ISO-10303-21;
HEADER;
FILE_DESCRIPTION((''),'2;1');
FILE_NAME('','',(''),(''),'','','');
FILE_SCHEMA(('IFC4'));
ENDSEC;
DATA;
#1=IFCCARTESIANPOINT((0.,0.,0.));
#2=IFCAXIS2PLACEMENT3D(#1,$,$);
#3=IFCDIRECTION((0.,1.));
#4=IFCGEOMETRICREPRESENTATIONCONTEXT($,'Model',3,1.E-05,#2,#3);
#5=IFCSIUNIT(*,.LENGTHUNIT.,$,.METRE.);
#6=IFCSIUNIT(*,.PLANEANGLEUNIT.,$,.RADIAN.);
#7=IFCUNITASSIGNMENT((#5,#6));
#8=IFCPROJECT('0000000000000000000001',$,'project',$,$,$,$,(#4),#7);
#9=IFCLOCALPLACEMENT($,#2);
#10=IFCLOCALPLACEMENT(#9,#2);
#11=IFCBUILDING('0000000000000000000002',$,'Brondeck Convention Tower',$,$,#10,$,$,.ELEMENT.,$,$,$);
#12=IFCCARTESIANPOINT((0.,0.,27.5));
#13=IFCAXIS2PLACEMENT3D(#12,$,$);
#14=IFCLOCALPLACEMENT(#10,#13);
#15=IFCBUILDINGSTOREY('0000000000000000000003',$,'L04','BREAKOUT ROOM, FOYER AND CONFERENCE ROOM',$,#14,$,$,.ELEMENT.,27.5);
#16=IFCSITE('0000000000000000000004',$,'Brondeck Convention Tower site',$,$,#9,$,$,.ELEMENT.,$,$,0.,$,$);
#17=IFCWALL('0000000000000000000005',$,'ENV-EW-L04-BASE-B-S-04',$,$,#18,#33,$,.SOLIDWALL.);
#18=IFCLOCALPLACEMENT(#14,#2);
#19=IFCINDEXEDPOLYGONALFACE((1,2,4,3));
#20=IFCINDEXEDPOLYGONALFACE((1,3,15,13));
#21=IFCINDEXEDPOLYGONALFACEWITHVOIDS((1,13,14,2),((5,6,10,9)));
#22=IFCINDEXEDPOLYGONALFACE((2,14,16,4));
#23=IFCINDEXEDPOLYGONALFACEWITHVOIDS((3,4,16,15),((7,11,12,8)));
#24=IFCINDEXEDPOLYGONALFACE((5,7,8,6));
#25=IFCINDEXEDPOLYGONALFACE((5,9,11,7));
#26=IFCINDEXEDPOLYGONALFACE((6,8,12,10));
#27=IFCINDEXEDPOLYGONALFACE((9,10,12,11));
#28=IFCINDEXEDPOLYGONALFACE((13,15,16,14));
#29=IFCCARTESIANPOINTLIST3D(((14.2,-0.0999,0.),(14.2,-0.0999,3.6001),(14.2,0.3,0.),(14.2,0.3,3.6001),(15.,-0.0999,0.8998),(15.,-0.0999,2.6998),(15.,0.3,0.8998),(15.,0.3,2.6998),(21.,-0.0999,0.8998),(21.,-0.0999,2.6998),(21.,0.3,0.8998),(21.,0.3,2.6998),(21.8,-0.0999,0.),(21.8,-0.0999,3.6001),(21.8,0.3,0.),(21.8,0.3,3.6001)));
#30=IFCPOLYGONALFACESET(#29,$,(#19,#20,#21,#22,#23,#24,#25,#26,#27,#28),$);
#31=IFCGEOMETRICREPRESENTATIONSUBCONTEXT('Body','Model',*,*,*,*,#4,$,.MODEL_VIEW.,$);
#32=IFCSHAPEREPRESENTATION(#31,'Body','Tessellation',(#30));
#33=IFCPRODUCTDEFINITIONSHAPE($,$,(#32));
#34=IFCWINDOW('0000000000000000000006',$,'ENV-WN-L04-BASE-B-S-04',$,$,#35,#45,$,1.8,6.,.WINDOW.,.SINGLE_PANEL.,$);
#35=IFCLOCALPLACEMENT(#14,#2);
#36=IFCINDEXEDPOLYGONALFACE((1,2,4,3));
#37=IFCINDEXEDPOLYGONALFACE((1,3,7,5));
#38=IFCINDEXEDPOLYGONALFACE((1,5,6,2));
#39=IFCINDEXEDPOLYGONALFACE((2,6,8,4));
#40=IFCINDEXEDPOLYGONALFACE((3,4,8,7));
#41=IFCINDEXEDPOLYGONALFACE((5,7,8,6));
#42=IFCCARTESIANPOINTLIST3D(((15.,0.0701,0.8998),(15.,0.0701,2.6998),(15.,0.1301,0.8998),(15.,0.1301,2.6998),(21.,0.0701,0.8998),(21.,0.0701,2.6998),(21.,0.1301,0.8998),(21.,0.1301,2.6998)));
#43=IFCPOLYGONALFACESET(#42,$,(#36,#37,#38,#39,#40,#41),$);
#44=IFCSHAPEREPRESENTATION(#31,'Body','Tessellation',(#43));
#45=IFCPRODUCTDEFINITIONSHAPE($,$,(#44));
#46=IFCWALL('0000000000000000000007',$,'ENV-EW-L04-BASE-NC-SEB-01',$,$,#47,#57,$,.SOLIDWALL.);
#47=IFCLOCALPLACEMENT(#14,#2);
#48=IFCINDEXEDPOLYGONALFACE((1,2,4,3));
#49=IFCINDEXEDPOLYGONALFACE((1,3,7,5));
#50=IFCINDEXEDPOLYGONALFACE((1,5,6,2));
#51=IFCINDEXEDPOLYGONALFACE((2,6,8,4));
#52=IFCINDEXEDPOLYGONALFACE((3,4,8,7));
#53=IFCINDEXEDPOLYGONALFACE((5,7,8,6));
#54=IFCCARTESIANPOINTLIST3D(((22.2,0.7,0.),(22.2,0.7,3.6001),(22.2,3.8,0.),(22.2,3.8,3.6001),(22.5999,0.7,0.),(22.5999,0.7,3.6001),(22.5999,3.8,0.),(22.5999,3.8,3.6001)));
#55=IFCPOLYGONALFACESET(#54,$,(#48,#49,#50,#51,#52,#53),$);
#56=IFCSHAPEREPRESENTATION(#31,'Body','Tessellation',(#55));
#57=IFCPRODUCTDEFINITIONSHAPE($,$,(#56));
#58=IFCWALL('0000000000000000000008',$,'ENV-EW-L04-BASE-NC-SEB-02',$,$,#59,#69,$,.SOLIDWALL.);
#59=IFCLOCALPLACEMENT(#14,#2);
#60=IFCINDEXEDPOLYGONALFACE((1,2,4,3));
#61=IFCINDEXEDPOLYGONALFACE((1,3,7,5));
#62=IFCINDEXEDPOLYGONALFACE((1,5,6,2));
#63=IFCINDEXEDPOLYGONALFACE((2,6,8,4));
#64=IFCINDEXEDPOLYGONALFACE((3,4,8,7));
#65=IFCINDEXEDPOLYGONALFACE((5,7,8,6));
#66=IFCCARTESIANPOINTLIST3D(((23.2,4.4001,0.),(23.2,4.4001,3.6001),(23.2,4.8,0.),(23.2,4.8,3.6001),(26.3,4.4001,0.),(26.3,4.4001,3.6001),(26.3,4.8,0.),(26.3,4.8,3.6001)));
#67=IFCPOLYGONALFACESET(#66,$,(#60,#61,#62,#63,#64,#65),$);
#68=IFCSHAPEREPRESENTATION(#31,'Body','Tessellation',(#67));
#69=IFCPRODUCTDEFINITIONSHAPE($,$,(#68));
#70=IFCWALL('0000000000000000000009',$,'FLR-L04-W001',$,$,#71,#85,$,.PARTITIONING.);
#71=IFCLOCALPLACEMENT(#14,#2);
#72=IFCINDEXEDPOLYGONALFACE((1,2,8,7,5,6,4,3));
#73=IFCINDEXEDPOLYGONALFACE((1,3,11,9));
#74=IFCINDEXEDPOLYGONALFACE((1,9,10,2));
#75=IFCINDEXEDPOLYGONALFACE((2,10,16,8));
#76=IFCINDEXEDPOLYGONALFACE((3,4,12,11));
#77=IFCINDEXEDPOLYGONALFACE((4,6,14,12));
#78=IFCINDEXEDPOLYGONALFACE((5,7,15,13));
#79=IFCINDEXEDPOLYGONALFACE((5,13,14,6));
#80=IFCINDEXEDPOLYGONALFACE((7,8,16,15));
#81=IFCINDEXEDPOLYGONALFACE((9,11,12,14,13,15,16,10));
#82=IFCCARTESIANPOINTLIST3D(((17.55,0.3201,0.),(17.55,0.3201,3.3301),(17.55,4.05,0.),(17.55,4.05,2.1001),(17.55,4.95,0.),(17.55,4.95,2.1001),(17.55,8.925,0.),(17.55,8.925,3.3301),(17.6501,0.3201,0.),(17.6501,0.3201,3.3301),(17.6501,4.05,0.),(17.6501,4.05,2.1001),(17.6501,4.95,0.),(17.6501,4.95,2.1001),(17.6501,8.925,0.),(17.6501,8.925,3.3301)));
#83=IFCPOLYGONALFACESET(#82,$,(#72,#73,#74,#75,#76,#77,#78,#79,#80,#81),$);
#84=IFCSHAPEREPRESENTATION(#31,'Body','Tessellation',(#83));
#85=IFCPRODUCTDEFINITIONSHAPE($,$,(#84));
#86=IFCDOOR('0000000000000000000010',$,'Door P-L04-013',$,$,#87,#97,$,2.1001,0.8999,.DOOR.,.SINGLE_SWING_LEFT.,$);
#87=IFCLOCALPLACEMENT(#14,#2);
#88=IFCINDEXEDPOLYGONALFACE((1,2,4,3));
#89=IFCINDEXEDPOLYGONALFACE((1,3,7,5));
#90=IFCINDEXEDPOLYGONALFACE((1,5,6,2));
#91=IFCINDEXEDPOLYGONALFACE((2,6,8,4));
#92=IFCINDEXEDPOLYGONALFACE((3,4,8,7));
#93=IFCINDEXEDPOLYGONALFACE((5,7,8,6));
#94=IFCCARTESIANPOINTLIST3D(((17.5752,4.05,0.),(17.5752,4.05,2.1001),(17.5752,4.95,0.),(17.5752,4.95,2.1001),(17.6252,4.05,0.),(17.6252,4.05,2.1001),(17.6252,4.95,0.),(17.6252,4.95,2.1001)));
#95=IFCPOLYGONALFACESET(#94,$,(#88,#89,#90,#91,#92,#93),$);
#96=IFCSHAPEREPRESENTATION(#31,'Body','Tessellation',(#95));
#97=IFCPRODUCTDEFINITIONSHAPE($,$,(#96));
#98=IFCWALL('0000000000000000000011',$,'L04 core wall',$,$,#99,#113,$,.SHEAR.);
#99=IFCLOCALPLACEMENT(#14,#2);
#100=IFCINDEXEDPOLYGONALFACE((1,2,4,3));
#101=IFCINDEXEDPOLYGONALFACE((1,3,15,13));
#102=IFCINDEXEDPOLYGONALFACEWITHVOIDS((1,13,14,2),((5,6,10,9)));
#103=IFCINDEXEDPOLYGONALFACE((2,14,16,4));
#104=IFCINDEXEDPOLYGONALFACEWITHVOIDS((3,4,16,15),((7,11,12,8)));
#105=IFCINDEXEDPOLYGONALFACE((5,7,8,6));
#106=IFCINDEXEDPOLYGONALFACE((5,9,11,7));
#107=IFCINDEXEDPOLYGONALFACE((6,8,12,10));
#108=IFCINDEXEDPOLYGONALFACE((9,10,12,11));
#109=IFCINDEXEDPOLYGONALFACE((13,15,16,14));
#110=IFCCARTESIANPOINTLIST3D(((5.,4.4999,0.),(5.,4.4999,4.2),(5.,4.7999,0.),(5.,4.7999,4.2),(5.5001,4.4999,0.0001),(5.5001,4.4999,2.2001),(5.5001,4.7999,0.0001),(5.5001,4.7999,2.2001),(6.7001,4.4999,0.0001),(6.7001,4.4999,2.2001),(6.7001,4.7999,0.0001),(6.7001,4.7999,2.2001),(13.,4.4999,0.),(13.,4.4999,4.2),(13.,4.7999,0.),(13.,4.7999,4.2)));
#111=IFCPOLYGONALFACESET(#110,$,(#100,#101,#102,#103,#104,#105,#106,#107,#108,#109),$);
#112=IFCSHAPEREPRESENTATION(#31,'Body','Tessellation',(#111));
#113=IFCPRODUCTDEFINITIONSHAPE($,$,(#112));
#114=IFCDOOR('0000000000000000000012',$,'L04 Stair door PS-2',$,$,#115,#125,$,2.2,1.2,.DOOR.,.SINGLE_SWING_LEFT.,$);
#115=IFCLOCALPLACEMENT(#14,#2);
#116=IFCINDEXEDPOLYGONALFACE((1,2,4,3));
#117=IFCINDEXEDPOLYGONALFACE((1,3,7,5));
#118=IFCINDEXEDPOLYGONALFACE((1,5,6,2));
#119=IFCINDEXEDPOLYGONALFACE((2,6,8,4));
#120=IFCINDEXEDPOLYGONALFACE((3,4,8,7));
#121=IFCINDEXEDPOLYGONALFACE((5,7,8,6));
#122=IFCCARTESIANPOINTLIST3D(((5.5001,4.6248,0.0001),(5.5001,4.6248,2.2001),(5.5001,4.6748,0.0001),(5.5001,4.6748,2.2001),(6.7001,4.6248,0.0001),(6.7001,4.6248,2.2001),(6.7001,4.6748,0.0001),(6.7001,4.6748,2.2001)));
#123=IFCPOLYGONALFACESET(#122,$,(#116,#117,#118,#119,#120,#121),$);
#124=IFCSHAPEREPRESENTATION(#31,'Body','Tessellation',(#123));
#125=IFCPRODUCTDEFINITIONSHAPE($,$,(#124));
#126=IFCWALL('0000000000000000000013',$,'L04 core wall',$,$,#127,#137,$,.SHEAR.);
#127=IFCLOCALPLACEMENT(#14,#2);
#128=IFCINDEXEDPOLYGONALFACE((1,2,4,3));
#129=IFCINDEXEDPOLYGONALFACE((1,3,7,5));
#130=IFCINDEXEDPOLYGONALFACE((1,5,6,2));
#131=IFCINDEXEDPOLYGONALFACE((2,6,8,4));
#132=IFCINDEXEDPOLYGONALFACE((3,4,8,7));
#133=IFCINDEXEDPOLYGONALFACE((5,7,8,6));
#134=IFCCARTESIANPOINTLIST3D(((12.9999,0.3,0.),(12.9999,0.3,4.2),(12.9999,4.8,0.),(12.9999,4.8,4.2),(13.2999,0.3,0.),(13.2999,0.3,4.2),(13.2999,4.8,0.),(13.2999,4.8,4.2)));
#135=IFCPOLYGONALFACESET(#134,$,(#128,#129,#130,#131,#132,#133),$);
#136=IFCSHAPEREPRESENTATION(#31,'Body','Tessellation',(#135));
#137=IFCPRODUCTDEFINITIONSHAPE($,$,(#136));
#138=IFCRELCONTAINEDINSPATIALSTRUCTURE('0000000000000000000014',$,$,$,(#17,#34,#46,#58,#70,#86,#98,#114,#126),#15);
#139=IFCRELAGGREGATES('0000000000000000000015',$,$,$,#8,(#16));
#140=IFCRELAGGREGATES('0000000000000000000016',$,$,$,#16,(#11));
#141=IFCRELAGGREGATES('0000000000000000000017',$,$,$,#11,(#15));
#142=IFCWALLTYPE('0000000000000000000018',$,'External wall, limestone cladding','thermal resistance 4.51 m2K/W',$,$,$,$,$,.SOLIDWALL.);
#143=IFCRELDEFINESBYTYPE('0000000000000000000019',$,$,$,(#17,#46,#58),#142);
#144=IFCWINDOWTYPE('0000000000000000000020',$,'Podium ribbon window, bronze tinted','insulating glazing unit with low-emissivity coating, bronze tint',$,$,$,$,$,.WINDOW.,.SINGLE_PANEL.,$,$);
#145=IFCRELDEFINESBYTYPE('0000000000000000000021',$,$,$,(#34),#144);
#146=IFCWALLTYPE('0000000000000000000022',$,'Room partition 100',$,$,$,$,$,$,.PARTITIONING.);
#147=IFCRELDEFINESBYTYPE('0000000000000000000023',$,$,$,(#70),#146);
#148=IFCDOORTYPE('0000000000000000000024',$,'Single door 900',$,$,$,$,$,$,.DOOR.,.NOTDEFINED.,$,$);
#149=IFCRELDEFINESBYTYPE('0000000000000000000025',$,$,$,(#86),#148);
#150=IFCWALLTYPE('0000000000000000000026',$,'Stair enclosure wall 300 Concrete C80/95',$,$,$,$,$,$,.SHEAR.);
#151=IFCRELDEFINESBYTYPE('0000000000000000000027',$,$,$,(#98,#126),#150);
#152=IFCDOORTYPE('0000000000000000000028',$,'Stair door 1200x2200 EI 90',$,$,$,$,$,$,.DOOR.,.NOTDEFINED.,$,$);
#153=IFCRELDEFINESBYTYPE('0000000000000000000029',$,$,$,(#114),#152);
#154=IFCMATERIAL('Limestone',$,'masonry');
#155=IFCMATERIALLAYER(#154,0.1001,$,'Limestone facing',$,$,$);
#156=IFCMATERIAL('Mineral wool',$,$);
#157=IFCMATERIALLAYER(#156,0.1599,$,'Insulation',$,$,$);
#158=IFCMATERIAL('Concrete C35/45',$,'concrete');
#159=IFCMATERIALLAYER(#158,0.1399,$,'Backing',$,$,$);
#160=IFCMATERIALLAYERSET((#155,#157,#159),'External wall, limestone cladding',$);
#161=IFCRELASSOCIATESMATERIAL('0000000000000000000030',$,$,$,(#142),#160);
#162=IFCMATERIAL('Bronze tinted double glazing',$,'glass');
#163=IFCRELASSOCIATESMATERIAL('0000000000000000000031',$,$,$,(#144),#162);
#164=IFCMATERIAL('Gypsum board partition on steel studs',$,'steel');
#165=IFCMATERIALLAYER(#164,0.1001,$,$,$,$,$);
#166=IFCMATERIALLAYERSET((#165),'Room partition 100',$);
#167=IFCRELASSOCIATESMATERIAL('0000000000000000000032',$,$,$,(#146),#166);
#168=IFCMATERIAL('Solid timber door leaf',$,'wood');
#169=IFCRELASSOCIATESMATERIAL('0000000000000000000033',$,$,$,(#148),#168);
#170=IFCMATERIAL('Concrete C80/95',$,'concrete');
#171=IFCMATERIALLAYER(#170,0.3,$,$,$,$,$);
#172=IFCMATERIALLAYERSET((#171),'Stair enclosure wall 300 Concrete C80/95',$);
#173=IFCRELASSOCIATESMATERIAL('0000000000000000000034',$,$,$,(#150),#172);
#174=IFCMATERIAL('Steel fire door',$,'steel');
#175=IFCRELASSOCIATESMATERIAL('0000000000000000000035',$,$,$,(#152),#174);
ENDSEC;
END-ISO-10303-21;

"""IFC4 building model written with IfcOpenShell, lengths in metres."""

from ifc_helpers import new_model, si_unit, direction, frame, frame_2d, origin, place, context, subcontext, project, spatial, rectangle, extrude, material, layer, layer_set, type_object, element, fill, save


model = new_model("IFC4")

# Units and contexts
model_context = context("Model", 3, precision=1e-05, world=origin(), true_north=direction((0.0, 1.0)))
body_context = subcontext(model_context, "Body", "Model", "MODEL_VIEW")
ifc_project = project(units=[si_unit("LENGTHUNIT", "METRE"), si_unit("PLANEANGLEUNIT", "RADIAN")], contexts=[model_context])

# Site, building, storey
site_placement = place(None, origin())
site = spatial("IfcSite", under=ifc_project, at=site_placement, Name="Brondeck Convention Tower site", CompositionType="ELEMENT", RefElevation=0.0)
building_placement = place(site_placement, origin())
building = spatial("IfcBuilding", under=site, at=building_placement, Name="Brondeck Convention Tower", CompositionType="ELEMENT")
storey_placement = place(building_placement, frame((0.0, 0.0, 27.5)))
storey = spatial("IfcBuildingStorey", under=building, at=storey_placement, Name="L04", Description="BREAKOUT ROOM, FOYER AND CONFERENCE ROOM", CompositionType="ELEMENT", Elevation=27.5)

# Shared definitions
ifc_material_1 = material(Name="Concrete C80/95", Category="concrete")

# Wall, opening, window
ifc_material_2 = material(Name="Limestone", Category="masonry")
ifc_layer_1 = layer(ifc_material_2, 0.1001, Name="Limestone facing")
ifc_material_3 = material(Name="Mineral wool")
ifc_layer_2 = layer(ifc_material_3, 0.1599, Name="Insulation")
ifc_material_4 = material(Name="Concrete C35/45", Category="concrete")
ifc_layer_3 = layer(ifc_material_4, 0.1399, Name="Backing")
ifc_layer_set_1 = layer_set([ifc_layer_1, ifc_layer_2, ifc_layer_3], Name="External wall, limestone cladding")
wall_type_1 = type_object("IfcWallType", Name="External wall, limestone cladding", Description="thermal resistance 4.51 m2K/W", PredefinedType="SOLIDWALL", material=ifc_layer_set_1)
wall_1_placement = place(storey_placement, frame((21.8, 0.1001, 0.0), z_axis=(0.0, 0.0, 1.0), x_axis=(-1.0, 0.0, 0.0)))
wall_1 = element("IfcWall", 1, at=wall_1_placement, inside=storey, type_object=wall_type_1, Name="ENV-EW-L04-BASE-B-S-04", PredefinedType="SOLIDWALL", context=body_context, shape_type="SweptSolid", body=[
    extrude(rectangle(XDim=7.6001, YDim=0.3999, at=frame_2d((3.8, 0.0))), origin(), (0.0, 0.0, 1.0), 3.6001),
])
opening_1_placement = place(wall_1_placement, frame((0.8, 0.0, 0.8999)))
opening_1 = element("IfcOpeningElement", 2, at=opening_1_placement, cuts=wall_1, PredefinedType="OPENING", context=body_context, shape_type="SweptSolid", body=[
    extrude(rectangle(XDim=6.0, YDim=1.8, at=frame_2d((3.0, 0.8999))), frame((0.0, 0.21, 0.0), z_axis=(0.0, -1.0, 0.0), x_axis=(1.0, 0.0, 0.0)), (0.0, 0.0, 1.0), 0.4199),
])
ifc_material_5 = material(Name="Bronze tinted double glazing", Category="glass")
window_type = type_object("IfcWindowType", Name="Podium ribbon window, bronze tinted", Description="insulating glazing unit with low-emissivity coating, bronze tint", PartitioningType="SINGLE_PANEL", PredefinedType="WINDOW", material=ifc_material_5)
window_placement = place(opening_1_placement, origin())
window = element("IfcWindow", 3, at=window_placement, inside=storey, type_object=window_type, Name="ENV-WN-L04-BASE-B-S-04", OverallHeight=1.8, OverallWidth=6.0, PartitioningType="SINGLE_PANEL", PredefinedType="WINDOW", context=body_context, shape_type="SweptSolid", body=[
    extrude(rectangle(XDim=6.0, YDim=1.8, at=frame_2d((3.0, 0.8999))), frame((0.0, 0.03, 0.0), z_axis=(0.0, -1.0, 0.0), x_axis=(1.0, 0.0, 0.0)), (0.0, 0.0, 1.0), 0.0601),
])
fill(opening_1, window)

# Walls
for number, where, z_axis, x_axis, name in (
    (4, (22.3999, 3.8, 0.0), (0.0, 0.0, 1.0), (0.0, -1.0, 0.0), "ENV-EW-L04-BASE-NC-SEB-01"),
    (5, (26.3, 4.6001, 0.0), (0.0, 0.0, 1.0), (-1.0, 0.0, 0.0), "ENV-EW-L04-BASE-NC-SEB-02"),
):
    element("IfcWall", number, at=place(storey_placement, frame(where, z_axis=z_axis, x_axis=x_axis)), inside=storey, type_object=wall_type_1, Name=name, PredefinedType="SOLIDWALL", context=body_context, shape_type="SweptSolid", body=[
        extrude(rectangle(XDim=3.1001, YDim=0.3999, at=frame_2d((1.55, 0.0))), origin(), (0.0, 0.0, 1.0), 3.6001),
    ])

# Walls, openings, doors
ifc_material_6 = material(Name="Gypsum board partition on steel studs", Category="steel")
ifc_layer_4 = layer(ifc_material_6, 0.1001)
ifc_layer_set_2 = layer_set([ifc_layer_4], Name="Room partition 100")
wall_type_2 = type_object("IfcWallType", Name="Room partition 100", PredefinedType="PARTITIONING", material=ifc_layer_set_2)
wall_2_placement = place(storey_placement, frame((17.6001, 0.3201, 0.0), z_axis=(0.0, 0.0, 1.0), x_axis=(0.0, 1.0, 0.0)))
wall_2 = element("IfcWall", 6, at=wall_2_placement, inside=storey, type_object=wall_type_2, Name="FLR-L04-W001", PredefinedType="PARTITIONING", context=body_context, shape_type="SweptSolid", body=[
    extrude(rectangle(XDim=8.605, YDim=0.1001, at=frame_2d((4.3025, 0.0))), origin(), (0.0, 0.0, 1.0), 3.3301),
])
opening_2_placement = place(wall_2_placement, frame((3.73, 0.0, 0.0)))
opening_2 = element("IfcOpeningElement", 7, at=opening_2_placement, cuts=wall_2, PredefinedType="OPENING", context=body_context, shape_type="SweptSolid", body=[
    extrude(rectangle(XDim=0.8999, YDim=2.1001, at=frame_2d((0.45, 1.05))), frame((0.0, 0.0601, 0.0), z_axis=(0.0, -1.0, 0.0), x_axis=(1.0, 0.0, 0.0)), (0.0, 0.0, 1.0), 0.1201),
])
ifc_material_7 = material(Name="Solid timber door leaf", Category="wood")
door_type_1 = type_object("IfcDoorType", Name="Single door 900", OperationType="NOTDEFINED", PredefinedType="DOOR", material=ifc_material_7)
door_1_placement = place(opening_2_placement, origin())
door_1 = element("IfcDoor", 8, at=door_1_placement, inside=storey, type_object=door_type_1, Name="Door P-L04-013", OperationType="SINGLE_SWING_LEFT", OverallHeight=2.1001, OverallWidth=0.8999, PredefinedType="DOOR", context=body_context, shape_type="SweptSolid", body=[
    extrude(rectangle(XDim=0.8999, YDim=2.1001, at=frame_2d((0.45, 1.05))), frame((0.0, 0.0249, 0.0), z_axis=(0.0, -1.0, 0.0), x_axis=(1.0, 0.0, 0.0)), (0.0, 0.0, 1.0), 0.05),
])
fill(opening_2, door_1)
ifc_layer_5 = layer(ifc_material_1, 0.3)
ifc_layer_set_3 = layer_set([ifc_layer_5], Name="Stair enclosure wall 300 Concrete C80/95")
wall_type_3 = type_object("IfcWallType", Name="Stair enclosure wall 300 Concrete C80/95", PredefinedType="SHEAR", material=ifc_layer_set_3)
wall_3_placement = place(storey_placement, frame((5.0, 4.6499, 0.0), z_axis=(0.0, 0.0, 1.0), x_axis=(1.0, 0.0, 0.0)))
wall_3 = element("IfcWall", 9, at=wall_3_placement, inside=storey, type_object=wall_type_3, Name="L04 core wall", PredefinedType="SHEAR", context=body_context, shape_type="SweptSolid", body=[
    extrude(rectangle(XDim=8.0, YDim=0.3, at=frame_2d((4.0, 0.0))), origin(), (0.0, 0.0, 1.0), 4.2),
])
opening_3_placement = place(wall_3_placement, frame((0.5, 0.0, 0.0)))
opening_3 = element("IfcOpeningElement", 10, at=opening_3_placement, cuts=wall_3, PredefinedType="OPENING", context=body_context, shape_type="SweptSolid", body=[
    extrude(rectangle(XDim=1.2, YDim=2.2, at=frame_2d((0.6001, 1.1001))), frame((0.0, 0.1599, 0.0), z_axis=(0.0, -1.0, 0.0), x_axis=(1.0, 0.0, 0.0)), (0.0, 0.0, 1.0), 0.3201),
])
ifc_material_8 = material(Name="Steel fire door", Category="steel")
door_type_2 = type_object("IfcDoorType", Name="Stair door 1200x2200 EI 90", OperationType="NOTDEFINED", PredefinedType="DOOR", material=ifc_material_8)
door_2_placement = place(opening_3_placement, origin())
door_2 = element("IfcDoor", 11, at=door_2_placement, inside=storey, type_object=door_type_2, Name="L04 Stair door PS-2", OperationType="SINGLE_SWING_LEFT", OverallHeight=2.2, OverallWidth=1.2, PredefinedType="DOOR", context=body_context, shape_type="SweptSolid", body=[
    extrude(rectangle(XDim=1.2, YDim=2.2, at=frame_2d((0.6001, 1.1001))), frame((0.0, 0.0249, 0.0), z_axis=(0.0, -1.0, 0.0), x_axis=(1.0, 0.0, 0.0)), (0.0, 0.0, 1.0), 0.05),
])
fill(opening_3, door_2)

# Wall
wall_4_placement = place(storey_placement, frame((13.1499, 0.3, 0.0), z_axis=(0.0, 0.0, 1.0), x_axis=(0.0, 1.0, 0.0)))
element("IfcWall", 12, at=wall_4_placement, inside=storey, type_object=wall_type_3, Name="L04 core wall", PredefinedType="SHEAR", context=body_context, shape_type="SweptSolid", body=[
    extrude(rectangle(XDim=4.5, YDim=0.3, at=frame_2d((2.25, 0.0))), origin(), (0.0, 0.0, 1.0), 4.2),
])

save(model, "model.ifc")
